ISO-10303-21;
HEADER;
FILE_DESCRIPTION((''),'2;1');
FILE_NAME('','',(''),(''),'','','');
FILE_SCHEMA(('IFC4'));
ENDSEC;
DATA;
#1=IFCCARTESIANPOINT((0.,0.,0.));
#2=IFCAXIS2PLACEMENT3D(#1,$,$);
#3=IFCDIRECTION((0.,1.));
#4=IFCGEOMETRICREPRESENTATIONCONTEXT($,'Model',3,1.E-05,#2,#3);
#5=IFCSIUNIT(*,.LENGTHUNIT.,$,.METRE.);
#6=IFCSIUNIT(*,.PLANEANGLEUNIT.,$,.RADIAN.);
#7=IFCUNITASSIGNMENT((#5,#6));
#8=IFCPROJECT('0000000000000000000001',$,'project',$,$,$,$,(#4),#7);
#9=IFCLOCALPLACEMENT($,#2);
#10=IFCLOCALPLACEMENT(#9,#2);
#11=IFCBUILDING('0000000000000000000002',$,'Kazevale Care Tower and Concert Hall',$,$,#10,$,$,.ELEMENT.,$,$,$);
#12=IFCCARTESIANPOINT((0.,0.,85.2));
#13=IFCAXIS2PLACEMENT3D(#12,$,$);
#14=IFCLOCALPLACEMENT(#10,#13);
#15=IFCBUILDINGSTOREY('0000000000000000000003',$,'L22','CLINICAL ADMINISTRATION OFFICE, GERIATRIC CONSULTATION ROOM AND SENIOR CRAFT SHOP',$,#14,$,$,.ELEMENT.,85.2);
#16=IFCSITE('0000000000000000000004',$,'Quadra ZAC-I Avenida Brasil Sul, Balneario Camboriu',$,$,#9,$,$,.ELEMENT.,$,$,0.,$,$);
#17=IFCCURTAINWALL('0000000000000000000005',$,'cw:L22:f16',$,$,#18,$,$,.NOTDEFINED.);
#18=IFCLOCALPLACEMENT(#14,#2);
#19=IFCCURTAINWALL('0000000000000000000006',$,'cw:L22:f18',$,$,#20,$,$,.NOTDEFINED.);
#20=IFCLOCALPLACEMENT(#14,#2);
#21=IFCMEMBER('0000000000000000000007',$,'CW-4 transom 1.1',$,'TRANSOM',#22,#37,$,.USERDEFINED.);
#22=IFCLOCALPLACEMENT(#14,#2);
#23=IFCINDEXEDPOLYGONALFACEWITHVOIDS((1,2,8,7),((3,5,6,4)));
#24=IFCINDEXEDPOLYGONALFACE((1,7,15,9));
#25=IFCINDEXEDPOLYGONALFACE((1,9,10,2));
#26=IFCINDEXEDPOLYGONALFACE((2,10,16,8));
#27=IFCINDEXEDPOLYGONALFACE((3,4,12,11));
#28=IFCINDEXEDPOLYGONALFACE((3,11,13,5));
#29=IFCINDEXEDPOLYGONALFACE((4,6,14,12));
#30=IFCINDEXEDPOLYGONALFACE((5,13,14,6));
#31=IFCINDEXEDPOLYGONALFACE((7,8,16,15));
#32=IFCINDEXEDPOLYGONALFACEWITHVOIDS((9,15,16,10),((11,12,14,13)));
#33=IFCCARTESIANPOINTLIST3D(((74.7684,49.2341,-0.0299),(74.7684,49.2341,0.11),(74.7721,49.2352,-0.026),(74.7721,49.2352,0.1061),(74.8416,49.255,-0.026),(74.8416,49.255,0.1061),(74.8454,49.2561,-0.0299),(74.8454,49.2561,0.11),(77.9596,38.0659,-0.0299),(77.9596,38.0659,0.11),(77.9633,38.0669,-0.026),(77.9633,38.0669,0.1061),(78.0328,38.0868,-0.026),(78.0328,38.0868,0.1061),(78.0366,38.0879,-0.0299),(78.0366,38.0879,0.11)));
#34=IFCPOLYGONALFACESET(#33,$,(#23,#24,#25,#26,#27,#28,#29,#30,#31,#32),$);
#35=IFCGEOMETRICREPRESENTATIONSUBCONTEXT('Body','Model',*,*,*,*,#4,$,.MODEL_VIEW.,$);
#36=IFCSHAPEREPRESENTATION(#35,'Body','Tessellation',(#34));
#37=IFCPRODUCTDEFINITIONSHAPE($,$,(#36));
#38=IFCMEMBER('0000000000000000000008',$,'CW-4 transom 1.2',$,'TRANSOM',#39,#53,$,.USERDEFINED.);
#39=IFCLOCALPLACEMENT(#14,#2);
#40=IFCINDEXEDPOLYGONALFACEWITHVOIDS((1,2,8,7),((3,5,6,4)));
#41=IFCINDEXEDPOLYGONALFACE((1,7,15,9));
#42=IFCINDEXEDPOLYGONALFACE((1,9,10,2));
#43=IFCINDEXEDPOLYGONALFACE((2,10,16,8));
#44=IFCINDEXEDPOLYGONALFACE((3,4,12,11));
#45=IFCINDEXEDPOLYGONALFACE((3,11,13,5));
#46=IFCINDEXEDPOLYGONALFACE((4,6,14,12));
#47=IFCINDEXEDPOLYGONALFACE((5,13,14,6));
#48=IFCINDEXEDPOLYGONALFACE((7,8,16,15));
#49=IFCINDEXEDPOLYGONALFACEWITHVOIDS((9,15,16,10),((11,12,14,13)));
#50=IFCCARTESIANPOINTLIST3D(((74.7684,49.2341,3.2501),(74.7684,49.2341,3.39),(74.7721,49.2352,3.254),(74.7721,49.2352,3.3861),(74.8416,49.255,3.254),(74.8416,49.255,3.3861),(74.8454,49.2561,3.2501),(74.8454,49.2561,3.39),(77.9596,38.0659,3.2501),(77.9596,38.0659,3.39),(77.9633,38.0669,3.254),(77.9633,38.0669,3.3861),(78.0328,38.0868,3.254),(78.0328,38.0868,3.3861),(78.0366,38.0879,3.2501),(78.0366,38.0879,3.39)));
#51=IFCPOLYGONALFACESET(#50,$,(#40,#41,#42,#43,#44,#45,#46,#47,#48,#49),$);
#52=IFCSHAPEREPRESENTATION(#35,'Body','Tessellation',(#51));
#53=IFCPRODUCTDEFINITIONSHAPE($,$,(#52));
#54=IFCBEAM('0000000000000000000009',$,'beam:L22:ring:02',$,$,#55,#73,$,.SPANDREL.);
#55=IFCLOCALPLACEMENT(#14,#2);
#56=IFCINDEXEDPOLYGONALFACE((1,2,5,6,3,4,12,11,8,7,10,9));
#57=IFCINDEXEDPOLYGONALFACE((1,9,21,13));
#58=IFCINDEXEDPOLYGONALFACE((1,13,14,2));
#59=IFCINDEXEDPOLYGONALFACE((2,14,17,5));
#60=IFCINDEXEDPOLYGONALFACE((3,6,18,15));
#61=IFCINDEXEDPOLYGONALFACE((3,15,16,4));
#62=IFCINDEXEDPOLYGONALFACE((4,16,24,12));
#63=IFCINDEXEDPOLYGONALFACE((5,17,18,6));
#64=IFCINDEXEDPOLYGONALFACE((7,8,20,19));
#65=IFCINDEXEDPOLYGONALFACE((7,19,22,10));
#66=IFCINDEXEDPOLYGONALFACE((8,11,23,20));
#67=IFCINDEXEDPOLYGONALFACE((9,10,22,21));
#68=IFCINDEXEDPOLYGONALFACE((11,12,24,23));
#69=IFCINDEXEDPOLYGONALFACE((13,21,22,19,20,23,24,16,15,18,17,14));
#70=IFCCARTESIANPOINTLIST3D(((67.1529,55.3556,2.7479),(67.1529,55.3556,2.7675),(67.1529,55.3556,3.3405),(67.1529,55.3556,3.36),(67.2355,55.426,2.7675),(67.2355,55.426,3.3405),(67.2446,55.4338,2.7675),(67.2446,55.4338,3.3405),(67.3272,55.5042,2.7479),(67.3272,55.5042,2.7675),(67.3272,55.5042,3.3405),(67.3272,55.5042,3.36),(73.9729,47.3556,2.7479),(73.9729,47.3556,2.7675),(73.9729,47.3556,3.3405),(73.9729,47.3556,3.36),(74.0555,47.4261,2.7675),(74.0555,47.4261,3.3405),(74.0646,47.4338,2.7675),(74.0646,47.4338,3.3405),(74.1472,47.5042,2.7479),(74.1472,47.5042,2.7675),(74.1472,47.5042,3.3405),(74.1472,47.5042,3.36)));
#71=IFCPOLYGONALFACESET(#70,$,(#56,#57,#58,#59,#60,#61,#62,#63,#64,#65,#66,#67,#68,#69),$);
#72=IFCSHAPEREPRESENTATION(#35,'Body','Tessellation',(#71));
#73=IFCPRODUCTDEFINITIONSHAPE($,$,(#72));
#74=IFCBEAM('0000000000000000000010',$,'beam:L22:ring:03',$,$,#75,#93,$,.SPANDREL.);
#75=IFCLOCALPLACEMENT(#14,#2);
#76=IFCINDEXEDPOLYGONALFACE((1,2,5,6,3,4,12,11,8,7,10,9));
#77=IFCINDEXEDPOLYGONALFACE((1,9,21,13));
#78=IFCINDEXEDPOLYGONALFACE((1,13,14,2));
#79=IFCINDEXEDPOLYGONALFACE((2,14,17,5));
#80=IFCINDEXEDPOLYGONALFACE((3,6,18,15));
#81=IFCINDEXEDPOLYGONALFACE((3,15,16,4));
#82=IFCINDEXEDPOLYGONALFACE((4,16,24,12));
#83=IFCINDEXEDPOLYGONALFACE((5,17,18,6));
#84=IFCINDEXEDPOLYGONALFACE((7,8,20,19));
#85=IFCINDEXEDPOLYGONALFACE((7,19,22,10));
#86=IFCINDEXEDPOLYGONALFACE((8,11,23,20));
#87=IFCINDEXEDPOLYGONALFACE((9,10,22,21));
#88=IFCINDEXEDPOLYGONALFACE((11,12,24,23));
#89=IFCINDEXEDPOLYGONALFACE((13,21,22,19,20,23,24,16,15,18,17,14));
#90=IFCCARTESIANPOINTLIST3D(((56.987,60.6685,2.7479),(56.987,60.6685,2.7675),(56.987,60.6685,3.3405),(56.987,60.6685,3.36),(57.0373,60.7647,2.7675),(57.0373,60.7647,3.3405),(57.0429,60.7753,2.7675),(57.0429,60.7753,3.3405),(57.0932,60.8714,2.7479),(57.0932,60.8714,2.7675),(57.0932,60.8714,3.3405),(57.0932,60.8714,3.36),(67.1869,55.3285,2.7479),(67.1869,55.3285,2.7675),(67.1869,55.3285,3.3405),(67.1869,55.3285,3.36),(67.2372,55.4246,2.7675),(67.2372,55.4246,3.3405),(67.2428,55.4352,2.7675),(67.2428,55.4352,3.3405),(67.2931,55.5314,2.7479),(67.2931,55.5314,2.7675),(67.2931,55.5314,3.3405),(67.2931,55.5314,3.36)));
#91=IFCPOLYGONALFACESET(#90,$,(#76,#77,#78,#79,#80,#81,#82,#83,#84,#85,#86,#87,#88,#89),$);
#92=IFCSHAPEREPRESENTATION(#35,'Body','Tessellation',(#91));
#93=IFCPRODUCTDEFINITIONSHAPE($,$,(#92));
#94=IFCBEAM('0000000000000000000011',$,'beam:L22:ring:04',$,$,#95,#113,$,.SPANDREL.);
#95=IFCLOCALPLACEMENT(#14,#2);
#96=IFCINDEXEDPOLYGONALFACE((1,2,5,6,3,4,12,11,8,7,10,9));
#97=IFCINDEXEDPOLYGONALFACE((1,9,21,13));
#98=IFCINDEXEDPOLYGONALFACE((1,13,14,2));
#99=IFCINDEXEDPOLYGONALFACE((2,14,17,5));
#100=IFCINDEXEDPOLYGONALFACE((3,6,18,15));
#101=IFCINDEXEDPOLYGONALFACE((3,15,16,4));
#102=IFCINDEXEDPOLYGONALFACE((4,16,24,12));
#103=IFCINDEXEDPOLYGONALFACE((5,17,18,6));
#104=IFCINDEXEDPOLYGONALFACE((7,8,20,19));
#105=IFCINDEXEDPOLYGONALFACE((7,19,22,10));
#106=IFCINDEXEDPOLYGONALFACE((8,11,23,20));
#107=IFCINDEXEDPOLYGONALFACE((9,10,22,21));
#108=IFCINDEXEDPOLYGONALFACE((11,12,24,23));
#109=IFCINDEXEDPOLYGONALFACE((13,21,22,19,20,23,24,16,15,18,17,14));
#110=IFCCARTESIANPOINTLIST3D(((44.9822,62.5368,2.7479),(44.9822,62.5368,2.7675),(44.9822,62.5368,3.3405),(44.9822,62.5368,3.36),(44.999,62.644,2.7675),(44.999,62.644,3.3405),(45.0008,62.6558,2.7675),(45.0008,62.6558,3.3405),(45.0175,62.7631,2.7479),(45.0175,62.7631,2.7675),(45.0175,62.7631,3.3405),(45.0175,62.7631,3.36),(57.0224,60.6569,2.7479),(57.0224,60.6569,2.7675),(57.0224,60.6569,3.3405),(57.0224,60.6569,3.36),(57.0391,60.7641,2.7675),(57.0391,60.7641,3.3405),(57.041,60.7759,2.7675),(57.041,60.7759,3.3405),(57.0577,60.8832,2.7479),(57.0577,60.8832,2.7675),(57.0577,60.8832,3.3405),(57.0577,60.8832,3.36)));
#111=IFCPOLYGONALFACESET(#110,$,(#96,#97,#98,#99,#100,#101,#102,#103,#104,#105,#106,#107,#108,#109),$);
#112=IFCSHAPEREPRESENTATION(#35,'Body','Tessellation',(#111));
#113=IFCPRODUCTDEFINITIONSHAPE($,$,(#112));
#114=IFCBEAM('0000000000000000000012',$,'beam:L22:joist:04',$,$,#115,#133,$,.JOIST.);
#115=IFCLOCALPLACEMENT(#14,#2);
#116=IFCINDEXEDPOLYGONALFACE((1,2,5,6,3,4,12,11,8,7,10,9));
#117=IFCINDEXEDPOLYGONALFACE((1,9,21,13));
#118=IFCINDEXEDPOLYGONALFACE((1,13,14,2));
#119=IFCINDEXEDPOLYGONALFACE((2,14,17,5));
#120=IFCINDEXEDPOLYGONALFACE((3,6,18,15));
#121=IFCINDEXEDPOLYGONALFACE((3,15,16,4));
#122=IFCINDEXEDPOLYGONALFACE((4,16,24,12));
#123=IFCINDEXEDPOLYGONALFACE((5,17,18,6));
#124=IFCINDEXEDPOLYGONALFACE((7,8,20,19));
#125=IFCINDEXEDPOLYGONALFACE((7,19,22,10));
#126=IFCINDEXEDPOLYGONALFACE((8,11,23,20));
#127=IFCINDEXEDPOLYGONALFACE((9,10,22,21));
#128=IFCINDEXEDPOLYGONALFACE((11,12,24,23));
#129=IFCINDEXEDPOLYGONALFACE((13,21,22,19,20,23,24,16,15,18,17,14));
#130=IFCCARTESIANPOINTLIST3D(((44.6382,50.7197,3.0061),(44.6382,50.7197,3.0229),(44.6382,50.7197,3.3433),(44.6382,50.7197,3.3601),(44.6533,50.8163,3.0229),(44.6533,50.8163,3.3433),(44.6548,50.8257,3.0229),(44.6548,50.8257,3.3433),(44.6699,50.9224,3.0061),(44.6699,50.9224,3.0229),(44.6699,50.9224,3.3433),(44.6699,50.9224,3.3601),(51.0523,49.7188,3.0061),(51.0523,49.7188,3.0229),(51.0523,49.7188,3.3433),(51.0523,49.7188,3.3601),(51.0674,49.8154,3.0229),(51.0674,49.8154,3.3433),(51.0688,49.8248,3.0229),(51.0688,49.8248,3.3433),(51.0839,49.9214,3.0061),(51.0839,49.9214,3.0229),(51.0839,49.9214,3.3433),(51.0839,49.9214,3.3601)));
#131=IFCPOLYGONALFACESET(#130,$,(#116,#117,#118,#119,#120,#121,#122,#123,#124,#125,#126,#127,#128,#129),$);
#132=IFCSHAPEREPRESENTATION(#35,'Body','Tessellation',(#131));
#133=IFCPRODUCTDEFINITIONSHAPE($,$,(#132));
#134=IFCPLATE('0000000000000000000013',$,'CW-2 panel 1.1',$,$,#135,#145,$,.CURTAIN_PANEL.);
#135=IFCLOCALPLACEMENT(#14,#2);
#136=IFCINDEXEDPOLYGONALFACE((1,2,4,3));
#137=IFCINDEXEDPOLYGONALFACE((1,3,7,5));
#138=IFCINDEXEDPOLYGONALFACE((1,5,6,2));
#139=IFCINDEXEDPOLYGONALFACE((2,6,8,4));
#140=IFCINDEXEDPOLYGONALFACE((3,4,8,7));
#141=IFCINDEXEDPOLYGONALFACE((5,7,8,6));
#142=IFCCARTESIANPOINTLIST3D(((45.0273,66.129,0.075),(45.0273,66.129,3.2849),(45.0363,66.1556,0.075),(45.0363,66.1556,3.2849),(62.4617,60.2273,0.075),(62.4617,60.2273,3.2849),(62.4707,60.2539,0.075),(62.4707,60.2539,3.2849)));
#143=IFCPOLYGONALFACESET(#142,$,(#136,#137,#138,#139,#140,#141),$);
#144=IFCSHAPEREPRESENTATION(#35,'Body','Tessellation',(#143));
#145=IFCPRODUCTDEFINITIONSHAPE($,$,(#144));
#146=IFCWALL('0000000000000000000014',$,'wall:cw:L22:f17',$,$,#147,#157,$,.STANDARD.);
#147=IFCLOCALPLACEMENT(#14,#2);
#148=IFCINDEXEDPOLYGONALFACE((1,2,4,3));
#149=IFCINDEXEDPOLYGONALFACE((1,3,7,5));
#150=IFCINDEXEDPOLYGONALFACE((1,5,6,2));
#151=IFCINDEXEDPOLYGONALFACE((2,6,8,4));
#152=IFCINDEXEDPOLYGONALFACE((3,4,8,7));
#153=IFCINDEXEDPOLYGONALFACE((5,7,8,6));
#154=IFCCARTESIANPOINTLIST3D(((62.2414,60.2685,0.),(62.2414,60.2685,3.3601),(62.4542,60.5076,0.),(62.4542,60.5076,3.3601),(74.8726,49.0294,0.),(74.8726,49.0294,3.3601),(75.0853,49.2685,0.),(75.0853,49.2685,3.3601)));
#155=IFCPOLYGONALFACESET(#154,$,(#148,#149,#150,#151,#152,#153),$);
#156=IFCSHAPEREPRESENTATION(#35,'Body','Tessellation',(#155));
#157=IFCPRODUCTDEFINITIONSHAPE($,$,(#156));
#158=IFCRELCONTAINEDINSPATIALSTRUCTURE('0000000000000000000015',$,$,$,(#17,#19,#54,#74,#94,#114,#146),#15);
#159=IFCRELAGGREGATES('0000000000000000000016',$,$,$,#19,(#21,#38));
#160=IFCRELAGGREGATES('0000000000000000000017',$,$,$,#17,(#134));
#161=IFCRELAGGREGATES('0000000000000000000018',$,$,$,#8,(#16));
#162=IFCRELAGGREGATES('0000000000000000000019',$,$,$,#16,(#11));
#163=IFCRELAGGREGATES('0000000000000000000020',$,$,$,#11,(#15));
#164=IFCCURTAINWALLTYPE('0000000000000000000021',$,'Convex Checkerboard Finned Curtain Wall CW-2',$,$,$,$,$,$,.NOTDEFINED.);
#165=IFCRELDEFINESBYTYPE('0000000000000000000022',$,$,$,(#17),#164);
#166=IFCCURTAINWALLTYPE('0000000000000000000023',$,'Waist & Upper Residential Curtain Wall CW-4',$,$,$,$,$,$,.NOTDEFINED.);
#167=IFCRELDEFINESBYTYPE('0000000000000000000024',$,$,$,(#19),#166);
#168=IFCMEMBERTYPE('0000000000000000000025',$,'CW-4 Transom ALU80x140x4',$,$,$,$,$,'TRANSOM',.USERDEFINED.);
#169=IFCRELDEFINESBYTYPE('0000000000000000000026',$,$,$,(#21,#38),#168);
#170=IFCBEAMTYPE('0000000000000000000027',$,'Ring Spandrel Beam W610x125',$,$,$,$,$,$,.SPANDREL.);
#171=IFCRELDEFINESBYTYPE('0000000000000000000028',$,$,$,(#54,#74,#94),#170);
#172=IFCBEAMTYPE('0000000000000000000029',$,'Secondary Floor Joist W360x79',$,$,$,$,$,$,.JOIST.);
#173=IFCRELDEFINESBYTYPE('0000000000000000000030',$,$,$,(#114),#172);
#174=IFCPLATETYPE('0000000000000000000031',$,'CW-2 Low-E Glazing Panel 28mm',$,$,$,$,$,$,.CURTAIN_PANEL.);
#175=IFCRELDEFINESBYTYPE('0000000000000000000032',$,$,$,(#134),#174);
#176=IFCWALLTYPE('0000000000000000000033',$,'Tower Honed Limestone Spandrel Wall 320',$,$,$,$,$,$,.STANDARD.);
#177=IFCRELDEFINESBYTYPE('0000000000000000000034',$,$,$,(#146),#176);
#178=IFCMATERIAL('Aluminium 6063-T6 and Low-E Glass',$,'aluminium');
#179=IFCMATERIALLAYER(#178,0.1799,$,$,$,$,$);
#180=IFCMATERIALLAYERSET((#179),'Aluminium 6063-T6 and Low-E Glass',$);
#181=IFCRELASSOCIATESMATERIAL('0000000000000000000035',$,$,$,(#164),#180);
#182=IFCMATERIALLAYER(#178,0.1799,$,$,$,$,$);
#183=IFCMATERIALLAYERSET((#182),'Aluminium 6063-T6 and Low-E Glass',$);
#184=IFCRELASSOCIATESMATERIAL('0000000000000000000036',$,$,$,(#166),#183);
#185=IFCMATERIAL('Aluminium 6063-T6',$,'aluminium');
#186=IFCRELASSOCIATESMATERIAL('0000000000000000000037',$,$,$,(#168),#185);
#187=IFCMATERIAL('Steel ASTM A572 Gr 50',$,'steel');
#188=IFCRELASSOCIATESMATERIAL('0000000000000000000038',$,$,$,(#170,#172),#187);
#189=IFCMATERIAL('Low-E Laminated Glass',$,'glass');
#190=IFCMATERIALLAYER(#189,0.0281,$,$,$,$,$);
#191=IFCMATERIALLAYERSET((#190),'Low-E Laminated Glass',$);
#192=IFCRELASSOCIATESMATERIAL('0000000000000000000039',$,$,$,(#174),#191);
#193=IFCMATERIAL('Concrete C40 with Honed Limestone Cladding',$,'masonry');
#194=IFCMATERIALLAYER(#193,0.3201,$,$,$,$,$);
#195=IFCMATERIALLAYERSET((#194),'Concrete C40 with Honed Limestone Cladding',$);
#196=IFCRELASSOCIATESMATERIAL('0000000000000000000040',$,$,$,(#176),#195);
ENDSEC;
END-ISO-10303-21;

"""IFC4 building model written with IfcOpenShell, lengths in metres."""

from ifc_helpers import new_model, si_unit, direction, frame, frame_2d, origin, origin_2d, place, context, subcontext, project, spatial, rectangle, hollow_rectangle, i_section, extrude, material, layer, layer_set, material_profile, profile_set, type_object, element, aggregate, save


model = new_model("IFC4")

# Units and contexts
model_context = context("Model", 3, precision=1e-05, world=origin(), true_north=direction((0.0, 1.0)))
body_context = subcontext(model_context, "Body", "Model", "MODEL_VIEW")
ifc_project = project(units=[si_unit("LENGTHUNIT", "METRE"), si_unit("PLANEANGLEUNIT", "RADIAN")], contexts=[model_context])

# Site, building, storey
site_placement = place(None, origin())
site = spatial("IfcSite", under=ifc_project, at=site_placement, Name="Quadra ZAC-I Avenida Brasil Sul, Balneario Camboriu", CompositionType="ELEMENT", RefElevation=0.0)
building_placement = place(site_placement, origin())
building = spatial("IfcBuilding", under=site, at=building_placement, Name="Kazevale Care Tower and Concert Hall", CompositionType="ELEMENT")
storey_placement = place(building_placement, frame((0.0, 0.0, 85.2)))
storey = spatial("IfcBuildingStorey", under=building, at=storey_placement, Name="L22", Description="CLINICAL ADMINISTRATION OFFICE, GERIATRIC CONSULTATION ROOM AND SENIOR CRAFT SHOP", CompositionType="ELEMENT", Elevation=85.2)

# Curtain wall
ifc_material_1 = material(Name="Aluminium 6063-T6 and Low-E Glass", Category="aluminium")
ifc_layer_1 = layer(ifc_material_1, 0.1799)
ifc_layer_set_1 = layer_set([ifc_layer_1], Name="Aluminium 6063-T6 and Low-E Glass")
curtain_wall_type_1 = type_object("IfcCurtainWallType", Name="Convex Checkerboard Finned Curtain Wall CW-2", PredefinedType="NOTDEFINED", material=ifc_layer_set_1)
curtain_wall_1_placement = place(storey_placement, origin())
curtain_wall_1 = element("IfcCurtainWall", 1, at=curtain_wall_1_placement, inside=storey, type_object=curtain_wall_type_1, Name="cw:L22:f16", PredefinedType="NOTDEFINED")
ifc_material_2 = material(Name="Aluminium 6063-T6", Category="aluminium")

# Curtain wall, members
ifc_layer_2 = layer(ifc_material_1, 0.1799)
ifc_layer_set_2 = layer_set([ifc_layer_2], Name="Aluminium 6063-T6 and Low-E Glass")
curtain_wall_type_2 = type_object("IfcCurtainWallType", Name="Waist & Upper Residential Curtain Wall CW-4", PredefinedType="NOTDEFINED", material=ifc_layer_set_2)
curtain_wall_2_placement = place(storey_placement, origin())
curtain_wall_2 = element("IfcCurtainWall", 2, at=curtain_wall_2_placement, inside=storey, type_object=curtain_wall_type_2, Name="cw:L22:f18", PredefinedType="NOTDEFINED")
ifc_material_profile_1 = material_profile(ifc_material_2, hollow_rectangle(XDim=0.0801, YDim=0.1399, WallThickness=0.0039, at=origin_2d()), Name="ALU80x140x4")
ifc_profile_set_1 = profile_set([ifc_material_profile_1], Name="Aluminium 6063-T6")
member_type_1 = type_object("IfcMemberType", Name="CW-4 Transom ALU80x140x4", ElementType="TRANSOM", PredefinedType="USERDEFINED", material=ifc_profile_set_1)
member_1_placement = place(storey_placement, frame((74.8069, 49.2451, 0.04), z_axis=(0.274741, -0.961518, 0.0), x_axis=(0.961518, 0.274741, 0.0)))
member_1 = element("IfcMember", 3, at=member_1_placement, type_object=member_type_1, Name="CW-4 transom 1.1", ObjectType="TRANSOM", PredefinedType="USERDEFINED", context=body_context, shape_type="SweptSolid", body=[
    extrude(hollow_rectangle(XDim=0.0801, YDim=0.1399, WallThickness=0.0039, at=origin_2d()), origin(), (0.0, 0.0, 1.0), 11.6152),
])
member_2_placement = place(storey_placement, frame((74.8069, 49.2451, 3.3201), z_axis=(0.274741, -0.961518, 0.0), x_axis=(0.961518, 0.274741, 0.0)))
member_2 = element("IfcMember", 4, at=member_2_placement, type_object=member_type_1, Name="CW-4 transom 1.2", ObjectType="TRANSOM", PredefinedType="USERDEFINED", context=body_context, shape_type="SweptSolid", body=[
    extrude(hollow_rectangle(XDim=0.0801, YDim=0.1399, WallThickness=0.0039, at=origin_2d()), origin(), (0.0, 0.0, 1.0), 11.6152),
])
aggregate(curtain_wall_2, [member_1, member_2])

# Beams
ifc_material_3 = material(Name="Steel ASTM A572 Gr 50", Category="steel")
ifc_material_profile_2 = material_profile(ifc_material_3, i_section(OverallWidth=0.229, OverallDepth=0.6121, WebThickness=0.012, FlangeThickness=0.0195, at=origin_2d()), Name="W610x125")
ifc_profile_set_2 = profile_set([ifc_material_profile_2], Name="Steel ASTM A572 Gr 50")
beam_type_1 = type_object("IfcBeamType", Name="Ring Spandrel Beam W610x125", PredefinedType="SPANDREL", material=ifc_profile_set_2)
beam_1_placement = place(storey_placement, frame((74.0601, 47.4299, 3.054), z_axis=(-0.648756, 0.760996, 0.0), x_axis=(-0.760996, -0.648756, 0.0)))
element("IfcBeam", 5, at=beam_1_placement, inside=storey, type_object=beam_type_1, Name="beam:L22:ring:02", PredefinedType="SPANDREL", context=body_context, shape_type="SweptSolid", body=[
    extrude(i_section(OverallWidth=0.229, OverallDepth=0.6121, WebThickness=0.012, FlangeThickness=0.0195, at=origin_2d()), origin(), (0.0, 0.0, 1.0), 10.5125),
])
beam_2_placement = place(storey_placement, frame((67.24, 55.4299, 3.054), z_axis=(-0.885929, 0.46382, 0.0), x_axis=(-0.46382, -0.885929, 0.0)))
element("IfcBeam", 6, at=beam_2_placement, inside=storey, type_object=beam_type_1, Name="beam:L22:ring:03", PredefinedType="SPANDREL", context=body_context, shape_type="SweptSolid", body=[
    extrude(i_section(OverallWidth=0.229, OverallDepth=0.6121, WebThickness=0.012, FlangeThickness=0.0195, at=origin_2d()), origin(), (0.0, 0.0, 1.0), 11.5132),
])
beam_3_placement = place(storey_placement, frame((57.04, 60.77, 3.054), z_axis=(-0.988029, 0.154267, 0.0), x_axis=(-0.154267, -0.988029, 0.0)))
element("IfcBeam", 7, at=beam_3_placement, inside=storey, type_object=beam_type_1, Name="beam:L22:ring:04", PredefinedType="SPANDREL", context=body_context, shape_type="SweptSolid", body=[
    extrude(i_section(OverallWidth=0.229, OverallDepth=0.6121, WebThickness=0.012, FlangeThickness=0.0195, at=origin_2d()), origin(), (0.0, 0.0, 1.0), 12.186),
])
ifc_material_profile_3 = material_profile(ifc_material_3, i_section(OverallWidth=0.2051, OverallDepth=0.354, WebThickness=0.0095, FlangeThickness=0.0168, at=origin_2d()), Name="W360x79")
ifc_profile_set_3 = profile_set([ifc_material_profile_3], Name="Steel ASTM A572 Gr 50")
beam_type_2 = type_object("IfcBeamType", Name="Secondary Floor Joist W360x79", PredefinedType="JOIST", material=ifc_profile_set_3)
beam_4_placement = place(storey_placement, frame((51.0681, 49.8201, 3.1831), z_axis=(-0.988041, 0.154193, 0.0), x_axis=(-0.154193, -0.988041, 0.0)))
element("IfcBeam", 8, at=beam_4_placement, inside=storey, type_object=beam_type_2, Name="beam:L22:joist:04", PredefinedType="JOIST", context=body_context, shape_type="SweptSolid", body=[
    extrude(i_section(OverallWidth=0.2051, OverallDepth=0.354, WebThickness=0.0095, FlangeThickness=0.0168, at=origin_2d()), origin(), (0.0, 0.0, 1.0), 6.4917),
])

# Plate
ifc_material_4 = material(Name="Low-E Laminated Glass", Category="glass")
ifc_layer_3 = layer(ifc_material_4, 0.0281)
ifc_layer_set_3 = layer_set([ifc_layer_3], Name="Low-E Laminated Glass")
plate_type = type_object("IfcPlateType", Name="CW-2 Low-E Glazing Panel 28mm", PredefinedType="CURTAIN_PANEL", material=ifc_layer_set_3)
plate_placement = place(storey_placement, frame((53.749, 63.1914, 0.075), z_axis=(0.0, 0.0, 1.0), x_axis=(0.947203, -0.320636, 0.0)))
plate = element("IfcPlate", 9, at=plate_placement, type_object=plate_type, Name="CW-2 panel 1.1", PredefinedType="CURTAIN_PANEL", context=body_context, shape_type="SweptSolid", body=[
    extrude(rectangle(XDim=18.4062, YDim=0.0281, at=origin_2d()), origin(), (0.0, 0.0, 1.0), 3.21),
])
aggregate(curtain_wall_1, [plate])

# Wall
ifc_material_5 = material(Name="Concrete C40 with Honed Limestone Cladding", Category="masonry")
ifc_layer_4 = layer(ifc_material_5, 0.3201)
ifc_layer_set_4 = layer_set([ifc_layer_4], Name="Concrete C40 with Honed Limestone Cladding")
wall_type = type_object("IfcWallType", Name="Tower Honed Limestone Spandrel Wall 320", PredefinedType="STANDARD", material=ifc_layer_set_4)
wall_placement = place(storey_placement, frame((62.3479, 60.3879, 0.0), z_axis=(0.0, 0.0, 1.0), x_axis=(0.747075, -0.664739, 0.0)))
element("IfcWall", 10, at=wall_placement, inside=storey, type_object=wall_type, Name="wall:cw:L22:f17", PredefinedType="STANDARD", context=body_context, shape_type="SweptSolid", body=[
    extrude(rectangle(XDim=16.9075, YDim=0.3201, at=frame_2d((8.4536, 0.0))), origin(), (0.0, 0.0, 1.0), 3.3601),
])

save(model, "model.ifc")
